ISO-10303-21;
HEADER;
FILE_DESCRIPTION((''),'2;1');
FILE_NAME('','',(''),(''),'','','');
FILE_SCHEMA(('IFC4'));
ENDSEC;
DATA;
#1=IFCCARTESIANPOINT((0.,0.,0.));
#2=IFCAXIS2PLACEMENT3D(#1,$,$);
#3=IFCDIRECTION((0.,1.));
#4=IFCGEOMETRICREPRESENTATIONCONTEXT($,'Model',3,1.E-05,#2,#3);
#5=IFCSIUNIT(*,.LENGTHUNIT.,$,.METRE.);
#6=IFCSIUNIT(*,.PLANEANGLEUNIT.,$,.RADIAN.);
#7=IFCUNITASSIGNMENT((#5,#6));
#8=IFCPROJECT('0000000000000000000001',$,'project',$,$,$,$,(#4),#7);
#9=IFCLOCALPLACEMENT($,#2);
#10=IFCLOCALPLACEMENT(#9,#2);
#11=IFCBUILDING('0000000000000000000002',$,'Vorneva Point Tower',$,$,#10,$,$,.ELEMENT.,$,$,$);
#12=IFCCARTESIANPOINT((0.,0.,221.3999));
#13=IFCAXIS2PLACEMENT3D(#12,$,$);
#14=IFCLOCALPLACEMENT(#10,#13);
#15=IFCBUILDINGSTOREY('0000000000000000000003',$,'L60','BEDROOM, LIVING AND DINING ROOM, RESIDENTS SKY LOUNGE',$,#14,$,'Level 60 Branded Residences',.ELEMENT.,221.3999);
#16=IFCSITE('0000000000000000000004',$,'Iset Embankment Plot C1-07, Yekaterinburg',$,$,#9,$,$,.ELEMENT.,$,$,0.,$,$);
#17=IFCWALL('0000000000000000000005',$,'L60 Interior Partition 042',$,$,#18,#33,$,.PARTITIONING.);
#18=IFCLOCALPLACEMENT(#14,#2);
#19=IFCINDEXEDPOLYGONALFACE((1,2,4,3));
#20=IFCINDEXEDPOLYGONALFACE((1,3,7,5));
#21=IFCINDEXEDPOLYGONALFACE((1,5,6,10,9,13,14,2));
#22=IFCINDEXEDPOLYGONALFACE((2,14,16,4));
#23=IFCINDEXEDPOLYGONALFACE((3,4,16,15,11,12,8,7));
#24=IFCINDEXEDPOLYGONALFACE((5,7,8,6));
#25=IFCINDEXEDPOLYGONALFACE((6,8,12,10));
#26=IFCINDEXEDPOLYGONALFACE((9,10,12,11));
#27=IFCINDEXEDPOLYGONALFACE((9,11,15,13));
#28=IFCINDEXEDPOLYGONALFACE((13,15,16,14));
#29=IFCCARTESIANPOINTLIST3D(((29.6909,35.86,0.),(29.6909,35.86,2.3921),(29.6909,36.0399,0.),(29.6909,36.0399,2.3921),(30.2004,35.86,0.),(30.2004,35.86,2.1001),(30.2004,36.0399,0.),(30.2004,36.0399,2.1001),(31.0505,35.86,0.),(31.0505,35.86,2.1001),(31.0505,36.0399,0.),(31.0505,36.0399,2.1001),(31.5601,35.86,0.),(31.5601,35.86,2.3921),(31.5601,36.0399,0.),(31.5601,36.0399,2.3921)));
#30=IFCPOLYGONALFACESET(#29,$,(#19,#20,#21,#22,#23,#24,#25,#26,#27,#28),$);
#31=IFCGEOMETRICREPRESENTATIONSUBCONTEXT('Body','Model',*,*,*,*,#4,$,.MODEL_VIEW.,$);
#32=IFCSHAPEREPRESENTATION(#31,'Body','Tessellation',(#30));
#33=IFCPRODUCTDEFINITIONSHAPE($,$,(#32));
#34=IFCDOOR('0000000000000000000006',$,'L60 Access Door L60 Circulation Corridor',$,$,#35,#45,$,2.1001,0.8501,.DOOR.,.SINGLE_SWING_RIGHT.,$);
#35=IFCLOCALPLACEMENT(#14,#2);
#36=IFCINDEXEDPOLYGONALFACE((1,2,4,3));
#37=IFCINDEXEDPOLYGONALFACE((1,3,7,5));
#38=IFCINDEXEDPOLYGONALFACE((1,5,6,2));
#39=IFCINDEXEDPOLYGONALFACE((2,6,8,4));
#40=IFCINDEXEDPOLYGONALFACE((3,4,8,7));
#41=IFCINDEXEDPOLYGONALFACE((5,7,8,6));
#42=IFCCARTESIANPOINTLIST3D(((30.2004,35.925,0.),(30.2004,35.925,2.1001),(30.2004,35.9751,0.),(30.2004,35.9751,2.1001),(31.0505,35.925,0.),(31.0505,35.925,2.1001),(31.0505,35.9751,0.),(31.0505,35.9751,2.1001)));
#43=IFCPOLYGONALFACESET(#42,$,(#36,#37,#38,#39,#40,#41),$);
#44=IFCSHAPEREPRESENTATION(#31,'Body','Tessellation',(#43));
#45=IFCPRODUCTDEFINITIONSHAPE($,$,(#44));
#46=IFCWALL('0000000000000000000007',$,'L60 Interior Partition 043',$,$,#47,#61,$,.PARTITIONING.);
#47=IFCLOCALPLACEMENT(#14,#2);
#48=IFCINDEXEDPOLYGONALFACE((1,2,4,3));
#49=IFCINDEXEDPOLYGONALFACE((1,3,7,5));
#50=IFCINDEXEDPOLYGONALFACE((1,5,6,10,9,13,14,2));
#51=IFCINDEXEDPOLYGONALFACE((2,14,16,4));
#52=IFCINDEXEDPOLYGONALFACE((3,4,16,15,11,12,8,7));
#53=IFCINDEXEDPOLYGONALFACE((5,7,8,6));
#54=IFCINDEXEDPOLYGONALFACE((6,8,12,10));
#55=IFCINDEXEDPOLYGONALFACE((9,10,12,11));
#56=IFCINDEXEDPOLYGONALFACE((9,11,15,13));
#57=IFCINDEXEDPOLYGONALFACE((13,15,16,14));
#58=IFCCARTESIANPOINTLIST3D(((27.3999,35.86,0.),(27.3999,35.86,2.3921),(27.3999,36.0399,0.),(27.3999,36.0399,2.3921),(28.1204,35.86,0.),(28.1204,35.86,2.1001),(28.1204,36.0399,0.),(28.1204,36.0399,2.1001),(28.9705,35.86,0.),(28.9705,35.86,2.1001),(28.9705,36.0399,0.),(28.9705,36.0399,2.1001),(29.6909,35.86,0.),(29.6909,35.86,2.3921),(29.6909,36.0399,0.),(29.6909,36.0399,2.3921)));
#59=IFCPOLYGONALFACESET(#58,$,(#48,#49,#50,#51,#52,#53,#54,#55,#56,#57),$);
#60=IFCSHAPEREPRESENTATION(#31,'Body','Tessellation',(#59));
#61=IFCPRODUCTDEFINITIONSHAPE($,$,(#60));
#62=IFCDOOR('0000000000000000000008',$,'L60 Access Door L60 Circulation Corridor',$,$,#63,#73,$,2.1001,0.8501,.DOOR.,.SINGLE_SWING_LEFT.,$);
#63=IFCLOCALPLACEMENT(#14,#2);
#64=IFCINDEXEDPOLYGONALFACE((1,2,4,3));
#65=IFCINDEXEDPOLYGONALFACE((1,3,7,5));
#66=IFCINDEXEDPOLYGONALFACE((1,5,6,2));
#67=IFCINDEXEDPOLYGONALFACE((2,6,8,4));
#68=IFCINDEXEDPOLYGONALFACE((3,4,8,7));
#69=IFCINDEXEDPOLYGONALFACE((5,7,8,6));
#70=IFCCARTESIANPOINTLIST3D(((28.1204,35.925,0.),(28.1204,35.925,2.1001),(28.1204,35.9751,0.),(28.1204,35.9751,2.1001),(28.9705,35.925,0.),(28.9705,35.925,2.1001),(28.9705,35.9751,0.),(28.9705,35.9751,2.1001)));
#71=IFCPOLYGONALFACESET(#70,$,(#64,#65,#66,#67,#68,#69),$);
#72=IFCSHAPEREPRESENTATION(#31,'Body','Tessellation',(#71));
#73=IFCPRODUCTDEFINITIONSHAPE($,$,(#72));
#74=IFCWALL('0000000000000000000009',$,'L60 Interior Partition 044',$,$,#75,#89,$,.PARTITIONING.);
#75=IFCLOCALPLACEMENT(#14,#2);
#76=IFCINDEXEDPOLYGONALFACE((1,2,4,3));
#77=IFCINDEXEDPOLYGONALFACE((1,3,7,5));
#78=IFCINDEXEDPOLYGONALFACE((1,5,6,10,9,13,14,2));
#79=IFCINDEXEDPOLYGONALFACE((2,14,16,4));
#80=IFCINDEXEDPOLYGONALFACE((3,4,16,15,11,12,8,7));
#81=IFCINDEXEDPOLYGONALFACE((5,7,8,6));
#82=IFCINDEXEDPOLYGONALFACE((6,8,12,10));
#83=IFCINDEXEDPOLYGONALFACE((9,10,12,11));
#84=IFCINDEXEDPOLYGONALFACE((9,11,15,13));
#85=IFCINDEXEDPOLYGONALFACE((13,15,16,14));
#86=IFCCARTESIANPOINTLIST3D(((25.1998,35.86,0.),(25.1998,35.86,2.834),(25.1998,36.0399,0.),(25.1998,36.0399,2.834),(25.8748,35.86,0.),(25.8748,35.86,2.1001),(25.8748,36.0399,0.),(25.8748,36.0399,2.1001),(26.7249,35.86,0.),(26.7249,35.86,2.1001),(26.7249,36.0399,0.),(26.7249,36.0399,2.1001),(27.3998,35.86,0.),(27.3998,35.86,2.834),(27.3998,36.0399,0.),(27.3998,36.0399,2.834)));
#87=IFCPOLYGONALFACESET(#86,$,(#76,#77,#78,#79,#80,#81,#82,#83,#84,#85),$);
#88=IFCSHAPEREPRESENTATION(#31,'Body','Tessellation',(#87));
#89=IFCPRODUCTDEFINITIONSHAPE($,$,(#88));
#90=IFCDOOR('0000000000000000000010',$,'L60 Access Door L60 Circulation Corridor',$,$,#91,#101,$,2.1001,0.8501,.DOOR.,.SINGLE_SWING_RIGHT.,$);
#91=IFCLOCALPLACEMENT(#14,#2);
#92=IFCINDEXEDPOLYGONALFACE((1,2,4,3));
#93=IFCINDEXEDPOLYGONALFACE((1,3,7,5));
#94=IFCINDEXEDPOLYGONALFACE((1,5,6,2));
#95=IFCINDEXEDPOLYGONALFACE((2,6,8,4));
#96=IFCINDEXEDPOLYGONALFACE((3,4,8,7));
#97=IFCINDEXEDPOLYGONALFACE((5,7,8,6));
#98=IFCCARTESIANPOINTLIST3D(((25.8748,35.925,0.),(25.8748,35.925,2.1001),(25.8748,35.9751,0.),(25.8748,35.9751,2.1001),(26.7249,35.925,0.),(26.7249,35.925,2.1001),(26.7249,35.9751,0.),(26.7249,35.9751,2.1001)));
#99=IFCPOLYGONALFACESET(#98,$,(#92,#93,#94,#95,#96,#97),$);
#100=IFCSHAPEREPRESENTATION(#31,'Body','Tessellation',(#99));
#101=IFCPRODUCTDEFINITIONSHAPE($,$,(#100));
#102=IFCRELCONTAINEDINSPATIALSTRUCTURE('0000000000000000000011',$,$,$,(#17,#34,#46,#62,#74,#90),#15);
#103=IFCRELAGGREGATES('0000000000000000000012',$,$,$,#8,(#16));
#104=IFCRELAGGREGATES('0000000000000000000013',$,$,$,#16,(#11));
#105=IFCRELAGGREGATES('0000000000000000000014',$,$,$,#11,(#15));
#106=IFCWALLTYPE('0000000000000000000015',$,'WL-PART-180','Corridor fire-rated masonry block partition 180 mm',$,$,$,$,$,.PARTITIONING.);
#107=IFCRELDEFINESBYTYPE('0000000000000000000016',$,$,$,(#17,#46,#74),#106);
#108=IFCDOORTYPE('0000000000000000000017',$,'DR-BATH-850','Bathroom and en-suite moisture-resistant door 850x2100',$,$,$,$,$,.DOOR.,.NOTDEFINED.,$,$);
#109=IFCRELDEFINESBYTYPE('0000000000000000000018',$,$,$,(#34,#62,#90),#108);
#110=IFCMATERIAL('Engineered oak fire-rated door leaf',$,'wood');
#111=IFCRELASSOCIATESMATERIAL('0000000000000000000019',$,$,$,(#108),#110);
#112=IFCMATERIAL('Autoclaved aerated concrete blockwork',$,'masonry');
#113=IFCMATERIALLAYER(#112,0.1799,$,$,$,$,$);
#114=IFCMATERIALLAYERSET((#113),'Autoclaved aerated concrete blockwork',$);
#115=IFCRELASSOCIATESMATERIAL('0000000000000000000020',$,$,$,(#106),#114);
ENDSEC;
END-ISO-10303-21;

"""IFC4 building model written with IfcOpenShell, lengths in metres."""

from ifc_helpers import new_model, si_unit, direction, frame, frame_2d, origin, place, context, subcontext, project, spatial, rectangle, extrude, material, layer, layer_set, type_object, element, fill, save


model = new_model("IFC4")

# Units and contexts
model_context = context("Model", 3, precision=1e-05, world=origin(), true_north=direction((0.0, 1.0)))
body_context = subcontext(model_context, "Body", "Model", "MODEL_VIEW")
ifc_project = project(units=[si_unit("LENGTHUNIT", "METRE"), si_unit("PLANEANGLEUNIT", "RADIAN")], contexts=[model_context])

# Site, building, storey
site_placement = place(None, origin())
site = spatial("IfcSite", under=ifc_project, at=site_placement, Name="Iset Embankment Plot C1-07, Yekaterinburg", CompositionType="ELEMENT", RefElevation=0.0)
building_placement = place(site_placement, origin())
building = spatial("IfcBuilding", under=site, at=building_placement, Name="Vorneva Point Tower", CompositionType="ELEMENT")
storey_placement = place(building_placement, frame((0.0, 0.0, 221.3999)))
storey = spatial("IfcBuildingStorey", under=building, at=storey_placement, Name="L60", Description="BEDROOM, LIVING AND DINING ROOM, RESIDENTS SKY LOUNGE", LongName="Level 60 Branded Residences", CompositionType="ELEMENT", Elevation=221.3999)

# Shared definitions
ifc_material_1 = material(Name="Engineered oak fire-rated door leaf", Category="wood")
door_type_1 = type_object("IfcDoorType", Name="DR-BATH-850", Description="Bathroom and en-suite moisture-resistant door 850x2100", OperationType="NOTDEFINED", PredefinedType="DOOR", material=ifc_material_1)

# Shared definitions
ifc_material_2 = material(Name="Autoclaved aerated concrete blockwork", Category="masonry")
ifc_layer_1 = layer(ifc_material_2, 0.1799)
ifc_layer_set_1 = layer_set([ifc_layer_1], Name="Autoclaved aerated concrete blockwork")
wall_type_1 = type_object("IfcWallType", Name="WL-PART-180", Description="Corridor fire-rated masonry block partition 180 mm", PredefinedType="PARTITIONING", material=ifc_layer_set_1)

# Walls, openings, doors
wall_1_placement = place(storey_placement, frame((31.5601, 35.95, 0.0), z_axis=(0.0, 0.0, 1.0), x_axis=(-1.0, 0.0, 0.0)))
wall_1 = element("IfcWall", 1, at=wall_1_placement, inside=storey, type_object=wall_type_1, Name="L60 Interior Partition 042", PredefinedType="PARTITIONING", context=body_context, shape_type="SweptSolid", body=[
    extrude(rectangle(XDim=1.8691, YDim=0.1799, at=frame_2d((0.9346, 0.0))), origin(), (0.0, 0.0, 1.0), 2.3921),
])
opening_1_placement = place(wall_1_placement, frame((0.5095, 0.0, 0.0)))
opening_1 = element("IfcOpeningElement", 2, at=opening_1_placement, cuts=wall_1, PredefinedType="OPENING", context=body_context, shape_type="SweptSolid", body=[
    extrude(rectangle(XDim=0.8501, YDim=2.1001, at=frame_2d((0.425, 1.05))), frame((0.0, 0.105, 0.0), z_axis=(0.0, -1.0, 0.0), x_axis=(1.0, 0.0, 0.0)), (0.0, 0.0, 1.0), 0.2097),
])
door_1_placement = place(opening_1_placement, origin())
door_1 = element("IfcDoor", 3, at=door_1_placement, inside=storey, type_object=door_type_1, Name="L60 Access Door L60 Circulation Corridor", OperationType="SINGLE_SWING_RIGHT", OverallHeight=2.1001, OverallWidth=0.8501, PredefinedType="DOOR", context=body_context, shape_type="SweptSolid", body=[
    extrude(rectangle(XDim=0.8501, YDim=2.1001, at=frame_2d((0.425, 1.05))), frame((0.0, 0.0249, 0.0), z_axis=(0.0, -1.0, 0.0), x_axis=(1.0, 0.0, 0.0)), (0.0, 0.0, 1.0), 0.05),
])
fill(opening_1, door_1)
wall_2_placement = place(storey_placement, frame((29.6909, 35.95, 0.0), z_axis=(0.0, 0.0, 1.0), x_axis=(-1.0, 0.0, 0.0)))
wall_2 = element("IfcWall", 4, at=wall_2_placement, inside=storey, type_object=wall_type_1, Name="L60 Interior Partition 043", PredefinedType="PARTITIONING", context=body_context, shape_type="SweptSolid", body=[
    extrude(rectangle(XDim=2.291, YDim=0.1799, at=frame_2d((1.1455, 0.0))), origin(), (0.0, 0.0, 1.0), 2.3921),
])
opening_2_placement = place(wall_2_placement, frame((0.7205, 0.0, 0.0)))
opening_2 = element("IfcOpeningElement", 5, at=opening_2_placement, cuts=wall_2, PredefinedType="OPENING", context=body_context, shape_type="SweptSolid", body=[
    extrude(rectangle(XDim=0.8501, YDim=2.1001, at=frame_2d((0.425, 1.05))), frame((0.0, 0.105, 0.0), z_axis=(0.0, -1.0, 0.0), x_axis=(1.0, 0.0, 0.0)), (0.0, 0.0, 1.0), 0.2097),
])
door_2_placement = place(opening_2_placement, origin())
door_2 = element("IfcDoor", 6, at=door_2_placement, inside=storey, type_object=door_type_1, Name="L60 Access Door L60 Circulation Corridor", OperationType="SINGLE_SWING_LEFT", OverallHeight=2.1001, OverallWidth=0.8501, PredefinedType="DOOR", context=body_context, shape_type="SweptSolid", body=[
    extrude(rectangle(XDim=0.8501, YDim=2.1001, at=frame_2d((0.425, 1.05))), frame((0.0, 0.0249, 0.0), z_axis=(0.0, -1.0, 0.0), x_axis=(1.0, 0.0, 0.0)), (0.0, 0.0, 1.0), 0.05),
])
fill(opening_2, door_2)
wall_3_placement = place(storey_placement, frame((27.3999, 35.95, 0.0), z_axis=(0.0, 0.0, 1.0), x_axis=(-1.0, 0.0, 0.0)))
wall_3 = element("IfcWall", 7, at=wall_3_placement, inside=storey, type_object=wall_type_1, Name="L60 Interior Partition 044", PredefinedType="PARTITIONING", context=body_context, shape_type="SweptSolid", body=[
    extrude(rectangle(XDim=2.2, YDim=0.1799, at=frame_2d((1.1001, 0.0))), origin(), (0.0, 0.0, 1.0), 2.834),
])
opening_3_placement = place(wall_3_placement, frame((0.675, 0.0, 0.0)))
opening_3 = element("IfcOpeningElement", 8, at=opening_3_placement, cuts=wall_3, PredefinedType="OPENING", context=body_context, shape_type="SweptSolid", body=[
    extrude(rectangle(XDim=0.8501, YDim=2.1001, at=frame_2d((0.425, 1.05))), frame((0.0, 0.105, 0.0), z_axis=(0.0, -1.0, 0.0), x_axis=(1.0, 0.0, 0.0)), (0.0, 0.0, 1.0), 0.2097),
])
door_3_placement = place(opening_3_placement, origin())
door_3 = element("IfcDoor", 9, at=door_3_placement, inside=storey, type_object=door_type_1, Name="L60 Access Door L60 Circulation Corridor", OperationType="SINGLE_SWING_RIGHT", OverallHeight=2.1001, OverallWidth=0.8501, PredefinedType="DOOR", context=body_context, shape_type="SweptSolid", body=[
    extrude(rectangle(XDim=0.8501, YDim=2.1001, at=frame_2d((0.425, 1.05))), frame((0.0, 0.0249, 0.0), z_axis=(0.0, -1.0, 0.0), x_axis=(1.0, 0.0, 0.0)), (0.0, 0.0, 1.0), 0.05),
])
fill(opening_3, door_3)

save(model, "model.ifc")
